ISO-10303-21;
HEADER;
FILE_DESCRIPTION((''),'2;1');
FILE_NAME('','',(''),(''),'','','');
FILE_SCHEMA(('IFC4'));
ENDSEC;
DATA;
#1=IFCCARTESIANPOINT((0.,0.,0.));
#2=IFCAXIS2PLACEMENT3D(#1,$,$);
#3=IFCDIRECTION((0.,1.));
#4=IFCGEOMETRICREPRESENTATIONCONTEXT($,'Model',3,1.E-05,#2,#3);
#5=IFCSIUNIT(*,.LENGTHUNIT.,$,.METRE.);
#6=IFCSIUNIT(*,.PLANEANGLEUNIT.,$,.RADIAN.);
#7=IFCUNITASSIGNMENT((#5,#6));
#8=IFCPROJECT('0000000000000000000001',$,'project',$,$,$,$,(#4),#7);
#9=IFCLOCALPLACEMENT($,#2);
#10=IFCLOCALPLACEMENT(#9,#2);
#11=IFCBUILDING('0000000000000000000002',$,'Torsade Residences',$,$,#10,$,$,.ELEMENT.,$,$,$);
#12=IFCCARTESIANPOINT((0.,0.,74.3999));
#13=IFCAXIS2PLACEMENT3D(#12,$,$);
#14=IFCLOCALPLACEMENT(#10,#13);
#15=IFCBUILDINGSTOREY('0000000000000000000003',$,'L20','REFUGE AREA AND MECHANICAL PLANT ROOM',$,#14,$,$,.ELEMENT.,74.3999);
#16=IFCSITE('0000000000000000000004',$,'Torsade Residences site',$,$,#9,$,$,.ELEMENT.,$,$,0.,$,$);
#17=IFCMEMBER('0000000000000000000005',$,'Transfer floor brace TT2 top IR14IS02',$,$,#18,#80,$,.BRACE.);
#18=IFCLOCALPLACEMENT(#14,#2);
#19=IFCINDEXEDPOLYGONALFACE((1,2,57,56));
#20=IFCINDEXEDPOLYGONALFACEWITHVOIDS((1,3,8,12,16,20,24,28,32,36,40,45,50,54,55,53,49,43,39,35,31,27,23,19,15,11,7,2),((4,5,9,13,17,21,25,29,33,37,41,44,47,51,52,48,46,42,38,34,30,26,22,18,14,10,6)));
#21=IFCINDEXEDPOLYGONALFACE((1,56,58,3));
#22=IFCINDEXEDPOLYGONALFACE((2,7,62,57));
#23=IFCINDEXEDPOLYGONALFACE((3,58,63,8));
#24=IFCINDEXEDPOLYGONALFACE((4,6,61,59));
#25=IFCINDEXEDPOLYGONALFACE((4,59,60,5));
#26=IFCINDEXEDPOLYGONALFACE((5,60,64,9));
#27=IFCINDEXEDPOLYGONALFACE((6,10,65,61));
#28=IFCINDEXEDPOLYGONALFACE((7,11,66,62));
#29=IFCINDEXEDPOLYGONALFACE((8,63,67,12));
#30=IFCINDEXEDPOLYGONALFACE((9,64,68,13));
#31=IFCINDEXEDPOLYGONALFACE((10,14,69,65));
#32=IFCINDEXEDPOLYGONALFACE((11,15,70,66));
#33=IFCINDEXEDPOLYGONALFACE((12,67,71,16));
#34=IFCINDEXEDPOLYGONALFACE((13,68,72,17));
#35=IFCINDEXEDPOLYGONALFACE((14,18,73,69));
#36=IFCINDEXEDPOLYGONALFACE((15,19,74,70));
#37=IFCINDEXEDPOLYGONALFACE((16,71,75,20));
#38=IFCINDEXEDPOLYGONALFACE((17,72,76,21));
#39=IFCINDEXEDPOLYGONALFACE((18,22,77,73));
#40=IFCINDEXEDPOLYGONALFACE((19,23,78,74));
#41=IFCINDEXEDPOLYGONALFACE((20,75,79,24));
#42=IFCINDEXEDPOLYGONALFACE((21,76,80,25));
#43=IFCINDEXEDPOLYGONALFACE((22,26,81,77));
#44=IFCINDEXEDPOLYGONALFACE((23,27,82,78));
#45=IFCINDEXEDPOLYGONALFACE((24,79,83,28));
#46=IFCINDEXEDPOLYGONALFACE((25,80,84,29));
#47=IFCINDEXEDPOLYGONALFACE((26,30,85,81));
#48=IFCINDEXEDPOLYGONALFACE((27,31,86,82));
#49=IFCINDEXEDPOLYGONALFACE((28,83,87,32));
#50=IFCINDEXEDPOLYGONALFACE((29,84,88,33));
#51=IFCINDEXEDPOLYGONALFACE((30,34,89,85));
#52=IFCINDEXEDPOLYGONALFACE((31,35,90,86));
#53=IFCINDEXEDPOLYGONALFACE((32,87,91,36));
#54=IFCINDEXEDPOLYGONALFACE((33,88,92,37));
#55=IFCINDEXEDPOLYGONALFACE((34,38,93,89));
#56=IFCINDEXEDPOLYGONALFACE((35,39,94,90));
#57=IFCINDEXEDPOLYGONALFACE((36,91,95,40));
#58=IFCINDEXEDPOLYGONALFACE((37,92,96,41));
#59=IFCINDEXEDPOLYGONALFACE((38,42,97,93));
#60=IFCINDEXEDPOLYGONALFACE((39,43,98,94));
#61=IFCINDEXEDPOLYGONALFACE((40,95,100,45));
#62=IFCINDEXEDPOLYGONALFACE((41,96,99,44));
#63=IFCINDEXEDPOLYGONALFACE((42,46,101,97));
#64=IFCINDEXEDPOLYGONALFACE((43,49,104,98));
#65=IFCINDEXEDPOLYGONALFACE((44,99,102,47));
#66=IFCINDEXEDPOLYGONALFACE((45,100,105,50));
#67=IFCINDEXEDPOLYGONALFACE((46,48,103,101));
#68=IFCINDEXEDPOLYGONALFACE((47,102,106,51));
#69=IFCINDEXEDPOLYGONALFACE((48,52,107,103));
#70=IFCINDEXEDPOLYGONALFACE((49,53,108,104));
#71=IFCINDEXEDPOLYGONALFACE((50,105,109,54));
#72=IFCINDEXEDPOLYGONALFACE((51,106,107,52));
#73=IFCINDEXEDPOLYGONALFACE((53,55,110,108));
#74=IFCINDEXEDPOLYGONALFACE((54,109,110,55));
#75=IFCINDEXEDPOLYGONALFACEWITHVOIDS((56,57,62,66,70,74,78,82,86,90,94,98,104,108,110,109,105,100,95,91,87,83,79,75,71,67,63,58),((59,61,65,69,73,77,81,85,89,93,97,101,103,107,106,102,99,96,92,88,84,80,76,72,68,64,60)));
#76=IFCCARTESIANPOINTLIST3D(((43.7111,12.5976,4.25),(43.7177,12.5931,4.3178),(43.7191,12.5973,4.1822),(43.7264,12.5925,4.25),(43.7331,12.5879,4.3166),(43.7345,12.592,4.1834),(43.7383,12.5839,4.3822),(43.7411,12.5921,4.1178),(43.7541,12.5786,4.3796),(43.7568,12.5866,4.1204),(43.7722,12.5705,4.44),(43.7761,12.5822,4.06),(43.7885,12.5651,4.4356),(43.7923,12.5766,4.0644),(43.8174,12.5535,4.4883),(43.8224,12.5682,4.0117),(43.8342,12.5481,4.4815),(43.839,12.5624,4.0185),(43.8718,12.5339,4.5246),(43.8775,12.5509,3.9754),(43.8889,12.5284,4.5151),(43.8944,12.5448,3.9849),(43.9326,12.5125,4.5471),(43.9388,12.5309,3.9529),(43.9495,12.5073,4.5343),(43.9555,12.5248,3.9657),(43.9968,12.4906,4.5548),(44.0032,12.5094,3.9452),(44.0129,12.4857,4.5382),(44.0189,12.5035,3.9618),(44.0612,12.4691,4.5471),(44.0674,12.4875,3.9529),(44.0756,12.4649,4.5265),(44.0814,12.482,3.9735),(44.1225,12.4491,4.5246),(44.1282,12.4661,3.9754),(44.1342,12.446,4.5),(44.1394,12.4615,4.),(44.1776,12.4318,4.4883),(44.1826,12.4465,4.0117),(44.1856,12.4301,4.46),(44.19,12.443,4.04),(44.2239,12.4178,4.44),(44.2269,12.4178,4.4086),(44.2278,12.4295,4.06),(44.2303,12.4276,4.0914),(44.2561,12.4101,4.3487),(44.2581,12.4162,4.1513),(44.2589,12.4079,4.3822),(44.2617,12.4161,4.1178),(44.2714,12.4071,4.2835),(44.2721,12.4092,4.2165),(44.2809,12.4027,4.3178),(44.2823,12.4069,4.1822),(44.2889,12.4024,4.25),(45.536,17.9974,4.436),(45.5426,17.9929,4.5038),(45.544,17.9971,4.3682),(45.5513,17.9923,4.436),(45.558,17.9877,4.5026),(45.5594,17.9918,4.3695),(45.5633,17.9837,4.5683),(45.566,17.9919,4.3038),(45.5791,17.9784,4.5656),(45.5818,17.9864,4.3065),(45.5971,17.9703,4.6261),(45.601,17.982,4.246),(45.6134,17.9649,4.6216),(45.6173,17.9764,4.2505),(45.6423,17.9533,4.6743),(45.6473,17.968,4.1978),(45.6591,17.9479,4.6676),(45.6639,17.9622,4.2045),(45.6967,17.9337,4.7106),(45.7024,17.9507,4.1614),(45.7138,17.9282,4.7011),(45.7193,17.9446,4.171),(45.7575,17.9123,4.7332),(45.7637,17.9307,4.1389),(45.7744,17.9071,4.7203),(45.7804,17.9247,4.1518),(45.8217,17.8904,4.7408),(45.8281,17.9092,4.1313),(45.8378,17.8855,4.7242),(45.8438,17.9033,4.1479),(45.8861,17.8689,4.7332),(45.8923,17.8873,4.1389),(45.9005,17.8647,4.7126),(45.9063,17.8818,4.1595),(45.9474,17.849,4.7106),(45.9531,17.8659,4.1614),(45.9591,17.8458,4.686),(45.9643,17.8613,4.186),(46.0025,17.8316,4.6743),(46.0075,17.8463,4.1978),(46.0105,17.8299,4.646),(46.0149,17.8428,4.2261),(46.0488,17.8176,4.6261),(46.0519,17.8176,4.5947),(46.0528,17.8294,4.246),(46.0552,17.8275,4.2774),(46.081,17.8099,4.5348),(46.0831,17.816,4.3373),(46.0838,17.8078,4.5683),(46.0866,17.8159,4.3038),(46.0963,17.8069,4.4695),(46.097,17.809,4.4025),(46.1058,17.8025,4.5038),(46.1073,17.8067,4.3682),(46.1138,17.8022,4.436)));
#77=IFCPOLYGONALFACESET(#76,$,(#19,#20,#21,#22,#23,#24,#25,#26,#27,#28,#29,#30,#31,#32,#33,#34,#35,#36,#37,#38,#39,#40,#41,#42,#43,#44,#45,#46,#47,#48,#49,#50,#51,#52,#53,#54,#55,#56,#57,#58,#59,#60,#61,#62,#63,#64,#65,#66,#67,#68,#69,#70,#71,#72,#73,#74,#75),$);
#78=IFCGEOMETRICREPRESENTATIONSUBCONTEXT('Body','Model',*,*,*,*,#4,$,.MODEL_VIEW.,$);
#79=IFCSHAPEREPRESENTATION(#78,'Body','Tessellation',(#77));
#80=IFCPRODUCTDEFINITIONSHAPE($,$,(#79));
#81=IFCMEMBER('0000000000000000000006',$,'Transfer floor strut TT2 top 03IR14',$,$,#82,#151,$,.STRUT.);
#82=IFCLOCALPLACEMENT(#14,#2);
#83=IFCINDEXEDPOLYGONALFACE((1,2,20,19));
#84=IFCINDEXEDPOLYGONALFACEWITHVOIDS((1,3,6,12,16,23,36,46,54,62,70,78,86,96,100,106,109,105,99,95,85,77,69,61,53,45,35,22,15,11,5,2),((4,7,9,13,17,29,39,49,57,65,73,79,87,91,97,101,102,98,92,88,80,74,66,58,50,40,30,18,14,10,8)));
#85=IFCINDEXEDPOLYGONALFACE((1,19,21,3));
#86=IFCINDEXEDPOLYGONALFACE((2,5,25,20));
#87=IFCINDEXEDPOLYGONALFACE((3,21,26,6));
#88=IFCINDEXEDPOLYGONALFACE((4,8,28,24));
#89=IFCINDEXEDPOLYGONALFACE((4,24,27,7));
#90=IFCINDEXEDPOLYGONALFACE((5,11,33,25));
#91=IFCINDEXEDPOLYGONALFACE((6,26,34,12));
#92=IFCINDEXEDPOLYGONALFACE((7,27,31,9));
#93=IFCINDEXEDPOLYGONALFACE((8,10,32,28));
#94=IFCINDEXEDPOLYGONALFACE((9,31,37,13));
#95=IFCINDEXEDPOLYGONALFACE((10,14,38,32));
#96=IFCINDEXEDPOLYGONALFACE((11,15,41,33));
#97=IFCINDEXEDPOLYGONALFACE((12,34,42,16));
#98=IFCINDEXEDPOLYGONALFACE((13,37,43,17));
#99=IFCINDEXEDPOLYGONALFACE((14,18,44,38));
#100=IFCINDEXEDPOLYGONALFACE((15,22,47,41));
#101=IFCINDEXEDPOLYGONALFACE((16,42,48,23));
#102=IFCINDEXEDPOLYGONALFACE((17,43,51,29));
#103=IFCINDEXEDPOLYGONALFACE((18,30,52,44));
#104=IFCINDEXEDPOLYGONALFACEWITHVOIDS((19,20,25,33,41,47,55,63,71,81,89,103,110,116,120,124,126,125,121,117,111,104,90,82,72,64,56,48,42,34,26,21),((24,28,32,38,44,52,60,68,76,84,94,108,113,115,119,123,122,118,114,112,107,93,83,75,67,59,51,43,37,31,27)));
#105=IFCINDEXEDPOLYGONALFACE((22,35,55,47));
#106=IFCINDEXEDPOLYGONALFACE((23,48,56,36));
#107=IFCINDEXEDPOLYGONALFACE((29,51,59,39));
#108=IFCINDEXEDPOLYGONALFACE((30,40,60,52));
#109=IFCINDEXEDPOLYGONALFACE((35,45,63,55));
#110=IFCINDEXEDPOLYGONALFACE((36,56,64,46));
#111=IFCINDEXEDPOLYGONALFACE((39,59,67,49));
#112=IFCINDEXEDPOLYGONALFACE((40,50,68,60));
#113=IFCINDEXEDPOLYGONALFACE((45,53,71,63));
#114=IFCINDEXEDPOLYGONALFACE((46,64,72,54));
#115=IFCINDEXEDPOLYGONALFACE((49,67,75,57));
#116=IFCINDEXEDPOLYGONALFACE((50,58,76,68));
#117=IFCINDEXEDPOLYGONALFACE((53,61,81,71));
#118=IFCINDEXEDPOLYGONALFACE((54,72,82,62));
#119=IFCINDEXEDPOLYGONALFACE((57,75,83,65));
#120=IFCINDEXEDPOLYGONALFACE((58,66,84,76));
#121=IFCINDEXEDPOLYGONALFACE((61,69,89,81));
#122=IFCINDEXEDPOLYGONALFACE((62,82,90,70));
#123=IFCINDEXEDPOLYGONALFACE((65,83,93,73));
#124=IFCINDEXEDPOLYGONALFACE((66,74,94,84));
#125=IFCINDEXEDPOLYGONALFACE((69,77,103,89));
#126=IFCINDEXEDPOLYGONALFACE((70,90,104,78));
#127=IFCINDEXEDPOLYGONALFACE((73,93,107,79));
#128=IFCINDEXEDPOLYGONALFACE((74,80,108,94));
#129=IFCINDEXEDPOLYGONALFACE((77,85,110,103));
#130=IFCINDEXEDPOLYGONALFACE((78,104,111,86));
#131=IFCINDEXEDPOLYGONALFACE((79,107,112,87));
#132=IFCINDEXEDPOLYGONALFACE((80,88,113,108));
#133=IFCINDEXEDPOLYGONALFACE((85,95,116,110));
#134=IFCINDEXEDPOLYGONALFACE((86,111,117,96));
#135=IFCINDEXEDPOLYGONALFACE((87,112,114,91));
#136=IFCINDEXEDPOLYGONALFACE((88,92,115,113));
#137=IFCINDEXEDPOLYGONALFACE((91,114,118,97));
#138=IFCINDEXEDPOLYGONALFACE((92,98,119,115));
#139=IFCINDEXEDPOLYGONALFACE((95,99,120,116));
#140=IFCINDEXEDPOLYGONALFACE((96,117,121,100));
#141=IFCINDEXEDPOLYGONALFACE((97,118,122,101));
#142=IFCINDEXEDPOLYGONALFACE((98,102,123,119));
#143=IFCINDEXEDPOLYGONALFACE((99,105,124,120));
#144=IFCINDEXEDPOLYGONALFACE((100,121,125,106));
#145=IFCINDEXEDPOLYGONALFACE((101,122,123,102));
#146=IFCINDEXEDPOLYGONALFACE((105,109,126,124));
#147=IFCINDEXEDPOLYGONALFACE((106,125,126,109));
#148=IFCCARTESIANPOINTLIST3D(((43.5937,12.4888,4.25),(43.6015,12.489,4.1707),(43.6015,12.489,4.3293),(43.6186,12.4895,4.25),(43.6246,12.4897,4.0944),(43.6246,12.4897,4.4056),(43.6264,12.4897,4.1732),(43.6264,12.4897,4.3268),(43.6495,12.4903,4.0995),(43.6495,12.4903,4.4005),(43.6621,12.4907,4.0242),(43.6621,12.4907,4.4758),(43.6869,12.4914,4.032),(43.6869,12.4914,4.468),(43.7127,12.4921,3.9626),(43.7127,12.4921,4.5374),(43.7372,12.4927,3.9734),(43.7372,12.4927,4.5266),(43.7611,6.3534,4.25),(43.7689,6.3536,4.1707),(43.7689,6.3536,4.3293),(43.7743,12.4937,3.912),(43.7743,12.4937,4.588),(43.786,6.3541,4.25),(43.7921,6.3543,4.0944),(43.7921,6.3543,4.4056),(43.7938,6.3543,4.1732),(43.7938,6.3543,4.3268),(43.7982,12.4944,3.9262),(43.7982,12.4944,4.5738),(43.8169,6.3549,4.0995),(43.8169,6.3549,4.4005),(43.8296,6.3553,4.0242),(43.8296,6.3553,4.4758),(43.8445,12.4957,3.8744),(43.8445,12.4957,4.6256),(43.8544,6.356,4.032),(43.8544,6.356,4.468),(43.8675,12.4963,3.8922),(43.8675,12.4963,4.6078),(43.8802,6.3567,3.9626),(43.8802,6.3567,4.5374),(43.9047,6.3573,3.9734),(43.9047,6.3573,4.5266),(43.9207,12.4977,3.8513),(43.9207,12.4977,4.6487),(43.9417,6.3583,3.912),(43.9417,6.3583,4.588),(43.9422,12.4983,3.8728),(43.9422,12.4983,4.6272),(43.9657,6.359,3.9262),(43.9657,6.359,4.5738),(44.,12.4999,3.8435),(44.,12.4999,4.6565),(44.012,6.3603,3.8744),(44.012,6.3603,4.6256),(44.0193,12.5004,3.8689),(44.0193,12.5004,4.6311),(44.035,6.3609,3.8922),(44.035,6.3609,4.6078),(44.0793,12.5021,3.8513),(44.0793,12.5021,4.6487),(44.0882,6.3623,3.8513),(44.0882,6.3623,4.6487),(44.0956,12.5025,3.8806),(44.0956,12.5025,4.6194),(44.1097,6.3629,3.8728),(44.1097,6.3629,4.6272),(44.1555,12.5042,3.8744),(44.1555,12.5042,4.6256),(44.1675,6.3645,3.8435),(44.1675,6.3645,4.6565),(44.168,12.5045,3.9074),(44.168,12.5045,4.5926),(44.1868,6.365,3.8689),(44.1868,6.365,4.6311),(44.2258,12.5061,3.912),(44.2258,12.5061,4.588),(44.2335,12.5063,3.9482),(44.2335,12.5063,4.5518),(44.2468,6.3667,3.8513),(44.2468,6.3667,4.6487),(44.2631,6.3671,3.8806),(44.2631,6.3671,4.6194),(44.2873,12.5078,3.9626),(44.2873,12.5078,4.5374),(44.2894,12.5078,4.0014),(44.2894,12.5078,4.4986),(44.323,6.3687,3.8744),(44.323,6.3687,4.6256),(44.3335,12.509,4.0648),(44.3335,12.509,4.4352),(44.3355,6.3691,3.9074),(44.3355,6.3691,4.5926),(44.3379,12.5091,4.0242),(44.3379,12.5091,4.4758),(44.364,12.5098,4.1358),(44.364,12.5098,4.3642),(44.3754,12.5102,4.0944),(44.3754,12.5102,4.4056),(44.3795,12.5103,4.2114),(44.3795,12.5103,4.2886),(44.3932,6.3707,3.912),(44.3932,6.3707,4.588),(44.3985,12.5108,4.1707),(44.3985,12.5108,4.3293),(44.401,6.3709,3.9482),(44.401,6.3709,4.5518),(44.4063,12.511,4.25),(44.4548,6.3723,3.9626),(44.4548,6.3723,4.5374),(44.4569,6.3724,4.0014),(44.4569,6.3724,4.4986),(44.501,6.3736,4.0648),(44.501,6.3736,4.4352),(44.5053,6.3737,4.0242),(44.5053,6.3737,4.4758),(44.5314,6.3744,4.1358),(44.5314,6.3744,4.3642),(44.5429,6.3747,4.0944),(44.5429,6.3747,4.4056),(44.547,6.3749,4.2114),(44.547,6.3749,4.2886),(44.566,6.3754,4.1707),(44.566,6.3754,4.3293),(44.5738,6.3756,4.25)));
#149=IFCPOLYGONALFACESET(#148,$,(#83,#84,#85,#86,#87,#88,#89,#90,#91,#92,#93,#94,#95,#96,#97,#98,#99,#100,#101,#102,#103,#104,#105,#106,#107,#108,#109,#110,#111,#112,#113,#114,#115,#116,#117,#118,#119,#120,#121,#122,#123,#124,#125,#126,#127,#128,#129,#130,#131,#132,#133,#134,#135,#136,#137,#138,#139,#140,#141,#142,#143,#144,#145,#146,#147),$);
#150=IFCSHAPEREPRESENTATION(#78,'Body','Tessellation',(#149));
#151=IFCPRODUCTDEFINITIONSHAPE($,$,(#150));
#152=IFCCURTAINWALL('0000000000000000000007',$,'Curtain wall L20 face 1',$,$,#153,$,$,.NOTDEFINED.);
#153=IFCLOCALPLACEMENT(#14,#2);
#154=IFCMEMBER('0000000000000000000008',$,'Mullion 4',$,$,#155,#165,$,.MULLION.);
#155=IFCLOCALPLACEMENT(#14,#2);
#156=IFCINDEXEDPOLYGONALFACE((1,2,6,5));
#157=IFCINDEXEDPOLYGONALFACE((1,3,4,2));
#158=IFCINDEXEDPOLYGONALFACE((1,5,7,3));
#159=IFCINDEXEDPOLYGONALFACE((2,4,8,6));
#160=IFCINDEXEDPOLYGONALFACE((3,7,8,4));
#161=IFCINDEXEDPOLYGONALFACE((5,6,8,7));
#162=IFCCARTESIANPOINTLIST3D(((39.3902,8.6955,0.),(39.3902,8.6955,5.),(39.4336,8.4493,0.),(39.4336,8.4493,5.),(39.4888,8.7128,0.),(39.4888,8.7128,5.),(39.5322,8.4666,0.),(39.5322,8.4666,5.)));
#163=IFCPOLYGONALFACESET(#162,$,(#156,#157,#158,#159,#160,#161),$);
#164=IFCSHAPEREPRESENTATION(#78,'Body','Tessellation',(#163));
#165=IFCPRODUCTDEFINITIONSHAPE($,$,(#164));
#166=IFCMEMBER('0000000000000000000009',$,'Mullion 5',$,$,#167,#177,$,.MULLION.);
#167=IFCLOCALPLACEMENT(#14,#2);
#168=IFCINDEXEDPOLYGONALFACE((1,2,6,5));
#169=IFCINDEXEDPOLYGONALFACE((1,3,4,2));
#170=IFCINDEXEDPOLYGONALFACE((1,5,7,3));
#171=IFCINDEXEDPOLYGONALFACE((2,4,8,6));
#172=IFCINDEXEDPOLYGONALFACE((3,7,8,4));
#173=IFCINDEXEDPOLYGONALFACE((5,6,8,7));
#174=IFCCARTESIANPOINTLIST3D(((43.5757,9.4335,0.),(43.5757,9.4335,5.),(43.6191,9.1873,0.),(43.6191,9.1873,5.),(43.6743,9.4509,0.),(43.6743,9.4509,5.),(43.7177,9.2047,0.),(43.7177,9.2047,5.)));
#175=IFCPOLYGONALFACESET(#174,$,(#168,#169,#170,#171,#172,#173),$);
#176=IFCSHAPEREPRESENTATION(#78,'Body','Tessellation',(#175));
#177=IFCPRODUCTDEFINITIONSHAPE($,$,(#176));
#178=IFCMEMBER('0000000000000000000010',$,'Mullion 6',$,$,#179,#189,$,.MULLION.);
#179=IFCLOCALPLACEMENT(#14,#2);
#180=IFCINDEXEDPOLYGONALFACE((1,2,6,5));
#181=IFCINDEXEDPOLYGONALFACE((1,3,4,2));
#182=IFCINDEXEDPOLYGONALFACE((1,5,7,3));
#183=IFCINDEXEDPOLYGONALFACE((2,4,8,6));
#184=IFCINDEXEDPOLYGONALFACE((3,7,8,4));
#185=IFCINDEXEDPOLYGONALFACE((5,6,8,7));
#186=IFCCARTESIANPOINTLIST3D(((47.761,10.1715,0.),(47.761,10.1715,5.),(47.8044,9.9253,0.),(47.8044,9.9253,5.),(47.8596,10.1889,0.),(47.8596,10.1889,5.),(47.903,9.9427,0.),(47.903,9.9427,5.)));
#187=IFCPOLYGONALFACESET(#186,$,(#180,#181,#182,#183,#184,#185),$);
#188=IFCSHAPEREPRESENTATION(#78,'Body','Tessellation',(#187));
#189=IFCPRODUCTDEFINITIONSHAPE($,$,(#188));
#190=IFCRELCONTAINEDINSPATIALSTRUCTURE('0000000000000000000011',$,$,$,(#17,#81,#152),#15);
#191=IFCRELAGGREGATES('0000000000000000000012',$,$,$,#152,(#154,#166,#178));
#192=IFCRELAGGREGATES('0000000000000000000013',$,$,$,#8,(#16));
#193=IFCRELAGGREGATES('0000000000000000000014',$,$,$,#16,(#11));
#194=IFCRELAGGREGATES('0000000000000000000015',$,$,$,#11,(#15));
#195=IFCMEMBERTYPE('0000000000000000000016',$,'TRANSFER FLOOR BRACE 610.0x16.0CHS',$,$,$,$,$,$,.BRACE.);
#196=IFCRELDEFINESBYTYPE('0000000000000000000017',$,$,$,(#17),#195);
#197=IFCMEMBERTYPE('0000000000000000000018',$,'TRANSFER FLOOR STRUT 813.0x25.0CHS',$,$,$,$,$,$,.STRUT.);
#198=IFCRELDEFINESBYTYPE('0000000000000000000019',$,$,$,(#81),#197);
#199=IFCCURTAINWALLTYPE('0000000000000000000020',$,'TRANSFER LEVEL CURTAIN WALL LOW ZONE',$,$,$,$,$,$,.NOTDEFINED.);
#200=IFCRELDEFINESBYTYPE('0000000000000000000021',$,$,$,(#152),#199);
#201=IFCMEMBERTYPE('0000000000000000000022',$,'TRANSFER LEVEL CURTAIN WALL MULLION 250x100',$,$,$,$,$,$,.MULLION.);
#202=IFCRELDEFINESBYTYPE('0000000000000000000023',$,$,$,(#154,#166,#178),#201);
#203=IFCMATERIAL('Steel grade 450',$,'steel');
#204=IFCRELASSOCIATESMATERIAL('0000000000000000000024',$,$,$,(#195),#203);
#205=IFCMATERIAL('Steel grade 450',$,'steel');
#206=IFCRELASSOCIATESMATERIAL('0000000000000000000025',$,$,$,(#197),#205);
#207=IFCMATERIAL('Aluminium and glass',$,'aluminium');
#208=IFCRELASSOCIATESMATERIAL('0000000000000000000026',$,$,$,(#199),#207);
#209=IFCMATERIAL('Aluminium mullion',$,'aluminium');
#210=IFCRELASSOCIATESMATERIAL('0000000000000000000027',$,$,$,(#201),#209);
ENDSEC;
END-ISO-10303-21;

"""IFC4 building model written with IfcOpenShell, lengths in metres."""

from ifc_helpers import new_model, si_unit, direction, frame, origin, origin_2d, place, context, subcontext, project, spatial, rectangle, hollow_circle, extrude, material, material_profile, profile_set, type_object, element, aggregate, save


model = new_model("IFC4")

# Units and contexts
model_context = context("Model", 3, precision=1e-05, world=origin(), true_north=direction((0.0, 1.0)))
body_context = subcontext(model_context, "Body", "Model", "MODEL_VIEW")
ifc_project = project(units=[si_unit("LENGTHUNIT", "METRE"), si_unit("PLANEANGLEUNIT", "RADIAN")], contexts=[model_context])

# Site, building, storey
site_placement = place(None, origin())
site = spatial("IfcSite", under=ifc_project, at=site_placement, Name="Torsade Residences site", CompositionType="ELEMENT", RefElevation=0.0)
building_placement = place(site_placement, origin())
building = spatial("IfcBuilding", under=site, at=building_placement, Name="Torsade Residences", CompositionType="ELEMENT")
storey_placement = place(building_placement, frame((0.0, 0.0, 74.3999)))
storey = spatial("IfcBuildingStorey", under=building, at=storey_placement, Name="L20", Description="REFUGE AREA AND MECHANICAL PLANT ROOM", CompositionType="ELEMENT", Elevation=74.3999)

# Members
ifc_material_1 = material(Name="Steel grade 450", Category="steel")
ifc_material_profile_1 = material_profile(ifc_material_1, hollow_circle(Radius=0.3049, WallThickness=0.0161, at=origin_2d()), Name="610.0x16.0CHS")
ifc_profile_set_1 = profile_set([ifc_material_profile_1], Name="Steel grade 450")
member_type_1 = type_object("IfcMemberType", Name="TRANSFER FLOOR BRACE 610.0x16.0CHS", PredefinedType="BRACE", material=ifc_profile_set_1)
member_1_placement = place(storey_placement, frame((44.0, 12.5, 4.25), z_axis=(0.319999, 0.946856, 0.032621), x_axis=(-0.94736, 0.32017, 0.0)))
element("IfcMember", 1, at=member_1_placement, inside=storey, type_object=member_type_1, Name="Transfer floor brace TT2 top IR14IS02", PredefinedType="BRACE", context=body_context, shape_type="SweptSolid", body=[
    extrude(hollow_circle(Radius=0.3049, WallThickness=0.0161, at=origin_2d()), origin(), (0.0, 0.0, 1.0), 5.7029),
])
ifc_material_2 = material(Name="Steel grade 450", Category="steel")
ifc_material_profile_2 = material_profile(ifc_material_2, hollow_circle(Radius=0.4065, WallThickness=0.0249, at=origin_2d()), Name="813.0x25.0CHS")
ifc_profile_set_2 = profile_set([ifc_material_profile_2], Name="Steel grade 450")
member_type_2 = type_object("IfcMemberType", Name="TRANSFER FLOOR STRUT 813.0x25.0CHS", PredefinedType="STRUT", material=ifc_profile_set_2)
member_2_placement = place(storey_placement, frame((44.1675, 6.3645, 4.25), z_axis=(-0.027287, 0.999628, 0.0), x_axis=(-0.999628, -0.027287, 0.0)))
element("IfcMember", 2, at=member_2_placement, inside=storey, type_object=member_type_2, Name="Transfer floor strut TT2 top 03IR14", PredefinedType="STRUT", context=body_context, shape_type="SweptSolid", body=[
    extrude(hollow_circle(Radius=0.4065, WallThickness=0.0249, at=origin_2d()), origin(), (0.0, 0.0, 1.0), 6.1377),
])

# Curtain wall, members
ifc_material_3 = material(Name="Aluminium and glass", Category="aluminium")
curtain_wall_type = type_object("IfcCurtainWallType", Name="TRANSFER LEVEL CURTAIN WALL LOW ZONE", PredefinedType="NOTDEFINED", material=ifc_material_3)
curtain_wall_placement = place(storey_placement, origin())
curtain_wall = element("IfcCurtainWall", 3, at=curtain_wall_placement, inside=storey, type_object=curtain_wall_type, Name="Curtain wall L20 face 1", PredefinedType="NOTDEFINED")
ifc_material_4 = material(Name="Aluminium mullion", Category="aluminium")
ifc_material_profile_3 = material_profile(ifc_material_4, rectangle(XDim=0.25, YDim=0.1001, at=origin_2d()), Name="TRANSFER LEVEL CURTAIN WALL MULLION 250x100")
ifc_profile_set_3 = profile_set([ifc_material_profile_3], Name="Aluminium mullion")
member_type_3 = type_object("IfcMemberType", Name="TRANSFER LEVEL CURTAIN WALL MULLION 250x100", PredefinedType="MULLION", material=ifc_profile_set_3)
member_3_placement = place(storey_placement, frame((39.4612, 8.5811, 0.0), z_axis=(0.0, 0.0, 1.0), x_axis=(-0.173648, 0.984808, 0.0)))
member_3 = element("IfcMember", 4, at=member_3_placement, type_object=member_type_3, Name="Mullion 4", PredefinedType="MULLION", context=body_context, shape_type="SweptSolid", body=[
    extrude(rectangle(XDim=0.25, YDim=0.1001, at=origin_2d()), origin(), (0.0, 0.0, 1.0), 5.0),
])
member_4_placement = place(storey_placement, frame((43.6467, 9.3191, 0.0), z_axis=(0.0, 0.0, 1.0), x_axis=(-0.173648, 0.984808, 0.0)))
member_4 = element("IfcMember", 5, at=member_4_placement, type_object=member_type_3, Name="Mullion 5", PredefinedType="MULLION", context=body_context, shape_type="SweptSolid", body=[
    extrude(rectangle(XDim=0.25, YDim=0.1001, at=origin_2d()), origin(), (0.0, 0.0, 1.0), 5.0),
])
member_5_placement = place(storey_placement, frame((47.832, 10.0571, 0.0), z_axis=(0.0, 0.0, 1.0), x_axis=(-0.173648, 0.984808, 0.0)))
member_5 = element("IfcMember", 6, at=member_5_placement, type_object=member_type_3, Name="Mullion 6", PredefinedType="MULLION", context=body_context, shape_type="SweptSolid", body=[
    extrude(rectangle(XDim=0.25, YDim=0.1001, at=origin_2d()), origin(), (0.0, 0.0, 1.0), 5.0),
])

aggregate(curtain_wall, [member_3, member_4, member_5])

save(model, "model.ifc")
